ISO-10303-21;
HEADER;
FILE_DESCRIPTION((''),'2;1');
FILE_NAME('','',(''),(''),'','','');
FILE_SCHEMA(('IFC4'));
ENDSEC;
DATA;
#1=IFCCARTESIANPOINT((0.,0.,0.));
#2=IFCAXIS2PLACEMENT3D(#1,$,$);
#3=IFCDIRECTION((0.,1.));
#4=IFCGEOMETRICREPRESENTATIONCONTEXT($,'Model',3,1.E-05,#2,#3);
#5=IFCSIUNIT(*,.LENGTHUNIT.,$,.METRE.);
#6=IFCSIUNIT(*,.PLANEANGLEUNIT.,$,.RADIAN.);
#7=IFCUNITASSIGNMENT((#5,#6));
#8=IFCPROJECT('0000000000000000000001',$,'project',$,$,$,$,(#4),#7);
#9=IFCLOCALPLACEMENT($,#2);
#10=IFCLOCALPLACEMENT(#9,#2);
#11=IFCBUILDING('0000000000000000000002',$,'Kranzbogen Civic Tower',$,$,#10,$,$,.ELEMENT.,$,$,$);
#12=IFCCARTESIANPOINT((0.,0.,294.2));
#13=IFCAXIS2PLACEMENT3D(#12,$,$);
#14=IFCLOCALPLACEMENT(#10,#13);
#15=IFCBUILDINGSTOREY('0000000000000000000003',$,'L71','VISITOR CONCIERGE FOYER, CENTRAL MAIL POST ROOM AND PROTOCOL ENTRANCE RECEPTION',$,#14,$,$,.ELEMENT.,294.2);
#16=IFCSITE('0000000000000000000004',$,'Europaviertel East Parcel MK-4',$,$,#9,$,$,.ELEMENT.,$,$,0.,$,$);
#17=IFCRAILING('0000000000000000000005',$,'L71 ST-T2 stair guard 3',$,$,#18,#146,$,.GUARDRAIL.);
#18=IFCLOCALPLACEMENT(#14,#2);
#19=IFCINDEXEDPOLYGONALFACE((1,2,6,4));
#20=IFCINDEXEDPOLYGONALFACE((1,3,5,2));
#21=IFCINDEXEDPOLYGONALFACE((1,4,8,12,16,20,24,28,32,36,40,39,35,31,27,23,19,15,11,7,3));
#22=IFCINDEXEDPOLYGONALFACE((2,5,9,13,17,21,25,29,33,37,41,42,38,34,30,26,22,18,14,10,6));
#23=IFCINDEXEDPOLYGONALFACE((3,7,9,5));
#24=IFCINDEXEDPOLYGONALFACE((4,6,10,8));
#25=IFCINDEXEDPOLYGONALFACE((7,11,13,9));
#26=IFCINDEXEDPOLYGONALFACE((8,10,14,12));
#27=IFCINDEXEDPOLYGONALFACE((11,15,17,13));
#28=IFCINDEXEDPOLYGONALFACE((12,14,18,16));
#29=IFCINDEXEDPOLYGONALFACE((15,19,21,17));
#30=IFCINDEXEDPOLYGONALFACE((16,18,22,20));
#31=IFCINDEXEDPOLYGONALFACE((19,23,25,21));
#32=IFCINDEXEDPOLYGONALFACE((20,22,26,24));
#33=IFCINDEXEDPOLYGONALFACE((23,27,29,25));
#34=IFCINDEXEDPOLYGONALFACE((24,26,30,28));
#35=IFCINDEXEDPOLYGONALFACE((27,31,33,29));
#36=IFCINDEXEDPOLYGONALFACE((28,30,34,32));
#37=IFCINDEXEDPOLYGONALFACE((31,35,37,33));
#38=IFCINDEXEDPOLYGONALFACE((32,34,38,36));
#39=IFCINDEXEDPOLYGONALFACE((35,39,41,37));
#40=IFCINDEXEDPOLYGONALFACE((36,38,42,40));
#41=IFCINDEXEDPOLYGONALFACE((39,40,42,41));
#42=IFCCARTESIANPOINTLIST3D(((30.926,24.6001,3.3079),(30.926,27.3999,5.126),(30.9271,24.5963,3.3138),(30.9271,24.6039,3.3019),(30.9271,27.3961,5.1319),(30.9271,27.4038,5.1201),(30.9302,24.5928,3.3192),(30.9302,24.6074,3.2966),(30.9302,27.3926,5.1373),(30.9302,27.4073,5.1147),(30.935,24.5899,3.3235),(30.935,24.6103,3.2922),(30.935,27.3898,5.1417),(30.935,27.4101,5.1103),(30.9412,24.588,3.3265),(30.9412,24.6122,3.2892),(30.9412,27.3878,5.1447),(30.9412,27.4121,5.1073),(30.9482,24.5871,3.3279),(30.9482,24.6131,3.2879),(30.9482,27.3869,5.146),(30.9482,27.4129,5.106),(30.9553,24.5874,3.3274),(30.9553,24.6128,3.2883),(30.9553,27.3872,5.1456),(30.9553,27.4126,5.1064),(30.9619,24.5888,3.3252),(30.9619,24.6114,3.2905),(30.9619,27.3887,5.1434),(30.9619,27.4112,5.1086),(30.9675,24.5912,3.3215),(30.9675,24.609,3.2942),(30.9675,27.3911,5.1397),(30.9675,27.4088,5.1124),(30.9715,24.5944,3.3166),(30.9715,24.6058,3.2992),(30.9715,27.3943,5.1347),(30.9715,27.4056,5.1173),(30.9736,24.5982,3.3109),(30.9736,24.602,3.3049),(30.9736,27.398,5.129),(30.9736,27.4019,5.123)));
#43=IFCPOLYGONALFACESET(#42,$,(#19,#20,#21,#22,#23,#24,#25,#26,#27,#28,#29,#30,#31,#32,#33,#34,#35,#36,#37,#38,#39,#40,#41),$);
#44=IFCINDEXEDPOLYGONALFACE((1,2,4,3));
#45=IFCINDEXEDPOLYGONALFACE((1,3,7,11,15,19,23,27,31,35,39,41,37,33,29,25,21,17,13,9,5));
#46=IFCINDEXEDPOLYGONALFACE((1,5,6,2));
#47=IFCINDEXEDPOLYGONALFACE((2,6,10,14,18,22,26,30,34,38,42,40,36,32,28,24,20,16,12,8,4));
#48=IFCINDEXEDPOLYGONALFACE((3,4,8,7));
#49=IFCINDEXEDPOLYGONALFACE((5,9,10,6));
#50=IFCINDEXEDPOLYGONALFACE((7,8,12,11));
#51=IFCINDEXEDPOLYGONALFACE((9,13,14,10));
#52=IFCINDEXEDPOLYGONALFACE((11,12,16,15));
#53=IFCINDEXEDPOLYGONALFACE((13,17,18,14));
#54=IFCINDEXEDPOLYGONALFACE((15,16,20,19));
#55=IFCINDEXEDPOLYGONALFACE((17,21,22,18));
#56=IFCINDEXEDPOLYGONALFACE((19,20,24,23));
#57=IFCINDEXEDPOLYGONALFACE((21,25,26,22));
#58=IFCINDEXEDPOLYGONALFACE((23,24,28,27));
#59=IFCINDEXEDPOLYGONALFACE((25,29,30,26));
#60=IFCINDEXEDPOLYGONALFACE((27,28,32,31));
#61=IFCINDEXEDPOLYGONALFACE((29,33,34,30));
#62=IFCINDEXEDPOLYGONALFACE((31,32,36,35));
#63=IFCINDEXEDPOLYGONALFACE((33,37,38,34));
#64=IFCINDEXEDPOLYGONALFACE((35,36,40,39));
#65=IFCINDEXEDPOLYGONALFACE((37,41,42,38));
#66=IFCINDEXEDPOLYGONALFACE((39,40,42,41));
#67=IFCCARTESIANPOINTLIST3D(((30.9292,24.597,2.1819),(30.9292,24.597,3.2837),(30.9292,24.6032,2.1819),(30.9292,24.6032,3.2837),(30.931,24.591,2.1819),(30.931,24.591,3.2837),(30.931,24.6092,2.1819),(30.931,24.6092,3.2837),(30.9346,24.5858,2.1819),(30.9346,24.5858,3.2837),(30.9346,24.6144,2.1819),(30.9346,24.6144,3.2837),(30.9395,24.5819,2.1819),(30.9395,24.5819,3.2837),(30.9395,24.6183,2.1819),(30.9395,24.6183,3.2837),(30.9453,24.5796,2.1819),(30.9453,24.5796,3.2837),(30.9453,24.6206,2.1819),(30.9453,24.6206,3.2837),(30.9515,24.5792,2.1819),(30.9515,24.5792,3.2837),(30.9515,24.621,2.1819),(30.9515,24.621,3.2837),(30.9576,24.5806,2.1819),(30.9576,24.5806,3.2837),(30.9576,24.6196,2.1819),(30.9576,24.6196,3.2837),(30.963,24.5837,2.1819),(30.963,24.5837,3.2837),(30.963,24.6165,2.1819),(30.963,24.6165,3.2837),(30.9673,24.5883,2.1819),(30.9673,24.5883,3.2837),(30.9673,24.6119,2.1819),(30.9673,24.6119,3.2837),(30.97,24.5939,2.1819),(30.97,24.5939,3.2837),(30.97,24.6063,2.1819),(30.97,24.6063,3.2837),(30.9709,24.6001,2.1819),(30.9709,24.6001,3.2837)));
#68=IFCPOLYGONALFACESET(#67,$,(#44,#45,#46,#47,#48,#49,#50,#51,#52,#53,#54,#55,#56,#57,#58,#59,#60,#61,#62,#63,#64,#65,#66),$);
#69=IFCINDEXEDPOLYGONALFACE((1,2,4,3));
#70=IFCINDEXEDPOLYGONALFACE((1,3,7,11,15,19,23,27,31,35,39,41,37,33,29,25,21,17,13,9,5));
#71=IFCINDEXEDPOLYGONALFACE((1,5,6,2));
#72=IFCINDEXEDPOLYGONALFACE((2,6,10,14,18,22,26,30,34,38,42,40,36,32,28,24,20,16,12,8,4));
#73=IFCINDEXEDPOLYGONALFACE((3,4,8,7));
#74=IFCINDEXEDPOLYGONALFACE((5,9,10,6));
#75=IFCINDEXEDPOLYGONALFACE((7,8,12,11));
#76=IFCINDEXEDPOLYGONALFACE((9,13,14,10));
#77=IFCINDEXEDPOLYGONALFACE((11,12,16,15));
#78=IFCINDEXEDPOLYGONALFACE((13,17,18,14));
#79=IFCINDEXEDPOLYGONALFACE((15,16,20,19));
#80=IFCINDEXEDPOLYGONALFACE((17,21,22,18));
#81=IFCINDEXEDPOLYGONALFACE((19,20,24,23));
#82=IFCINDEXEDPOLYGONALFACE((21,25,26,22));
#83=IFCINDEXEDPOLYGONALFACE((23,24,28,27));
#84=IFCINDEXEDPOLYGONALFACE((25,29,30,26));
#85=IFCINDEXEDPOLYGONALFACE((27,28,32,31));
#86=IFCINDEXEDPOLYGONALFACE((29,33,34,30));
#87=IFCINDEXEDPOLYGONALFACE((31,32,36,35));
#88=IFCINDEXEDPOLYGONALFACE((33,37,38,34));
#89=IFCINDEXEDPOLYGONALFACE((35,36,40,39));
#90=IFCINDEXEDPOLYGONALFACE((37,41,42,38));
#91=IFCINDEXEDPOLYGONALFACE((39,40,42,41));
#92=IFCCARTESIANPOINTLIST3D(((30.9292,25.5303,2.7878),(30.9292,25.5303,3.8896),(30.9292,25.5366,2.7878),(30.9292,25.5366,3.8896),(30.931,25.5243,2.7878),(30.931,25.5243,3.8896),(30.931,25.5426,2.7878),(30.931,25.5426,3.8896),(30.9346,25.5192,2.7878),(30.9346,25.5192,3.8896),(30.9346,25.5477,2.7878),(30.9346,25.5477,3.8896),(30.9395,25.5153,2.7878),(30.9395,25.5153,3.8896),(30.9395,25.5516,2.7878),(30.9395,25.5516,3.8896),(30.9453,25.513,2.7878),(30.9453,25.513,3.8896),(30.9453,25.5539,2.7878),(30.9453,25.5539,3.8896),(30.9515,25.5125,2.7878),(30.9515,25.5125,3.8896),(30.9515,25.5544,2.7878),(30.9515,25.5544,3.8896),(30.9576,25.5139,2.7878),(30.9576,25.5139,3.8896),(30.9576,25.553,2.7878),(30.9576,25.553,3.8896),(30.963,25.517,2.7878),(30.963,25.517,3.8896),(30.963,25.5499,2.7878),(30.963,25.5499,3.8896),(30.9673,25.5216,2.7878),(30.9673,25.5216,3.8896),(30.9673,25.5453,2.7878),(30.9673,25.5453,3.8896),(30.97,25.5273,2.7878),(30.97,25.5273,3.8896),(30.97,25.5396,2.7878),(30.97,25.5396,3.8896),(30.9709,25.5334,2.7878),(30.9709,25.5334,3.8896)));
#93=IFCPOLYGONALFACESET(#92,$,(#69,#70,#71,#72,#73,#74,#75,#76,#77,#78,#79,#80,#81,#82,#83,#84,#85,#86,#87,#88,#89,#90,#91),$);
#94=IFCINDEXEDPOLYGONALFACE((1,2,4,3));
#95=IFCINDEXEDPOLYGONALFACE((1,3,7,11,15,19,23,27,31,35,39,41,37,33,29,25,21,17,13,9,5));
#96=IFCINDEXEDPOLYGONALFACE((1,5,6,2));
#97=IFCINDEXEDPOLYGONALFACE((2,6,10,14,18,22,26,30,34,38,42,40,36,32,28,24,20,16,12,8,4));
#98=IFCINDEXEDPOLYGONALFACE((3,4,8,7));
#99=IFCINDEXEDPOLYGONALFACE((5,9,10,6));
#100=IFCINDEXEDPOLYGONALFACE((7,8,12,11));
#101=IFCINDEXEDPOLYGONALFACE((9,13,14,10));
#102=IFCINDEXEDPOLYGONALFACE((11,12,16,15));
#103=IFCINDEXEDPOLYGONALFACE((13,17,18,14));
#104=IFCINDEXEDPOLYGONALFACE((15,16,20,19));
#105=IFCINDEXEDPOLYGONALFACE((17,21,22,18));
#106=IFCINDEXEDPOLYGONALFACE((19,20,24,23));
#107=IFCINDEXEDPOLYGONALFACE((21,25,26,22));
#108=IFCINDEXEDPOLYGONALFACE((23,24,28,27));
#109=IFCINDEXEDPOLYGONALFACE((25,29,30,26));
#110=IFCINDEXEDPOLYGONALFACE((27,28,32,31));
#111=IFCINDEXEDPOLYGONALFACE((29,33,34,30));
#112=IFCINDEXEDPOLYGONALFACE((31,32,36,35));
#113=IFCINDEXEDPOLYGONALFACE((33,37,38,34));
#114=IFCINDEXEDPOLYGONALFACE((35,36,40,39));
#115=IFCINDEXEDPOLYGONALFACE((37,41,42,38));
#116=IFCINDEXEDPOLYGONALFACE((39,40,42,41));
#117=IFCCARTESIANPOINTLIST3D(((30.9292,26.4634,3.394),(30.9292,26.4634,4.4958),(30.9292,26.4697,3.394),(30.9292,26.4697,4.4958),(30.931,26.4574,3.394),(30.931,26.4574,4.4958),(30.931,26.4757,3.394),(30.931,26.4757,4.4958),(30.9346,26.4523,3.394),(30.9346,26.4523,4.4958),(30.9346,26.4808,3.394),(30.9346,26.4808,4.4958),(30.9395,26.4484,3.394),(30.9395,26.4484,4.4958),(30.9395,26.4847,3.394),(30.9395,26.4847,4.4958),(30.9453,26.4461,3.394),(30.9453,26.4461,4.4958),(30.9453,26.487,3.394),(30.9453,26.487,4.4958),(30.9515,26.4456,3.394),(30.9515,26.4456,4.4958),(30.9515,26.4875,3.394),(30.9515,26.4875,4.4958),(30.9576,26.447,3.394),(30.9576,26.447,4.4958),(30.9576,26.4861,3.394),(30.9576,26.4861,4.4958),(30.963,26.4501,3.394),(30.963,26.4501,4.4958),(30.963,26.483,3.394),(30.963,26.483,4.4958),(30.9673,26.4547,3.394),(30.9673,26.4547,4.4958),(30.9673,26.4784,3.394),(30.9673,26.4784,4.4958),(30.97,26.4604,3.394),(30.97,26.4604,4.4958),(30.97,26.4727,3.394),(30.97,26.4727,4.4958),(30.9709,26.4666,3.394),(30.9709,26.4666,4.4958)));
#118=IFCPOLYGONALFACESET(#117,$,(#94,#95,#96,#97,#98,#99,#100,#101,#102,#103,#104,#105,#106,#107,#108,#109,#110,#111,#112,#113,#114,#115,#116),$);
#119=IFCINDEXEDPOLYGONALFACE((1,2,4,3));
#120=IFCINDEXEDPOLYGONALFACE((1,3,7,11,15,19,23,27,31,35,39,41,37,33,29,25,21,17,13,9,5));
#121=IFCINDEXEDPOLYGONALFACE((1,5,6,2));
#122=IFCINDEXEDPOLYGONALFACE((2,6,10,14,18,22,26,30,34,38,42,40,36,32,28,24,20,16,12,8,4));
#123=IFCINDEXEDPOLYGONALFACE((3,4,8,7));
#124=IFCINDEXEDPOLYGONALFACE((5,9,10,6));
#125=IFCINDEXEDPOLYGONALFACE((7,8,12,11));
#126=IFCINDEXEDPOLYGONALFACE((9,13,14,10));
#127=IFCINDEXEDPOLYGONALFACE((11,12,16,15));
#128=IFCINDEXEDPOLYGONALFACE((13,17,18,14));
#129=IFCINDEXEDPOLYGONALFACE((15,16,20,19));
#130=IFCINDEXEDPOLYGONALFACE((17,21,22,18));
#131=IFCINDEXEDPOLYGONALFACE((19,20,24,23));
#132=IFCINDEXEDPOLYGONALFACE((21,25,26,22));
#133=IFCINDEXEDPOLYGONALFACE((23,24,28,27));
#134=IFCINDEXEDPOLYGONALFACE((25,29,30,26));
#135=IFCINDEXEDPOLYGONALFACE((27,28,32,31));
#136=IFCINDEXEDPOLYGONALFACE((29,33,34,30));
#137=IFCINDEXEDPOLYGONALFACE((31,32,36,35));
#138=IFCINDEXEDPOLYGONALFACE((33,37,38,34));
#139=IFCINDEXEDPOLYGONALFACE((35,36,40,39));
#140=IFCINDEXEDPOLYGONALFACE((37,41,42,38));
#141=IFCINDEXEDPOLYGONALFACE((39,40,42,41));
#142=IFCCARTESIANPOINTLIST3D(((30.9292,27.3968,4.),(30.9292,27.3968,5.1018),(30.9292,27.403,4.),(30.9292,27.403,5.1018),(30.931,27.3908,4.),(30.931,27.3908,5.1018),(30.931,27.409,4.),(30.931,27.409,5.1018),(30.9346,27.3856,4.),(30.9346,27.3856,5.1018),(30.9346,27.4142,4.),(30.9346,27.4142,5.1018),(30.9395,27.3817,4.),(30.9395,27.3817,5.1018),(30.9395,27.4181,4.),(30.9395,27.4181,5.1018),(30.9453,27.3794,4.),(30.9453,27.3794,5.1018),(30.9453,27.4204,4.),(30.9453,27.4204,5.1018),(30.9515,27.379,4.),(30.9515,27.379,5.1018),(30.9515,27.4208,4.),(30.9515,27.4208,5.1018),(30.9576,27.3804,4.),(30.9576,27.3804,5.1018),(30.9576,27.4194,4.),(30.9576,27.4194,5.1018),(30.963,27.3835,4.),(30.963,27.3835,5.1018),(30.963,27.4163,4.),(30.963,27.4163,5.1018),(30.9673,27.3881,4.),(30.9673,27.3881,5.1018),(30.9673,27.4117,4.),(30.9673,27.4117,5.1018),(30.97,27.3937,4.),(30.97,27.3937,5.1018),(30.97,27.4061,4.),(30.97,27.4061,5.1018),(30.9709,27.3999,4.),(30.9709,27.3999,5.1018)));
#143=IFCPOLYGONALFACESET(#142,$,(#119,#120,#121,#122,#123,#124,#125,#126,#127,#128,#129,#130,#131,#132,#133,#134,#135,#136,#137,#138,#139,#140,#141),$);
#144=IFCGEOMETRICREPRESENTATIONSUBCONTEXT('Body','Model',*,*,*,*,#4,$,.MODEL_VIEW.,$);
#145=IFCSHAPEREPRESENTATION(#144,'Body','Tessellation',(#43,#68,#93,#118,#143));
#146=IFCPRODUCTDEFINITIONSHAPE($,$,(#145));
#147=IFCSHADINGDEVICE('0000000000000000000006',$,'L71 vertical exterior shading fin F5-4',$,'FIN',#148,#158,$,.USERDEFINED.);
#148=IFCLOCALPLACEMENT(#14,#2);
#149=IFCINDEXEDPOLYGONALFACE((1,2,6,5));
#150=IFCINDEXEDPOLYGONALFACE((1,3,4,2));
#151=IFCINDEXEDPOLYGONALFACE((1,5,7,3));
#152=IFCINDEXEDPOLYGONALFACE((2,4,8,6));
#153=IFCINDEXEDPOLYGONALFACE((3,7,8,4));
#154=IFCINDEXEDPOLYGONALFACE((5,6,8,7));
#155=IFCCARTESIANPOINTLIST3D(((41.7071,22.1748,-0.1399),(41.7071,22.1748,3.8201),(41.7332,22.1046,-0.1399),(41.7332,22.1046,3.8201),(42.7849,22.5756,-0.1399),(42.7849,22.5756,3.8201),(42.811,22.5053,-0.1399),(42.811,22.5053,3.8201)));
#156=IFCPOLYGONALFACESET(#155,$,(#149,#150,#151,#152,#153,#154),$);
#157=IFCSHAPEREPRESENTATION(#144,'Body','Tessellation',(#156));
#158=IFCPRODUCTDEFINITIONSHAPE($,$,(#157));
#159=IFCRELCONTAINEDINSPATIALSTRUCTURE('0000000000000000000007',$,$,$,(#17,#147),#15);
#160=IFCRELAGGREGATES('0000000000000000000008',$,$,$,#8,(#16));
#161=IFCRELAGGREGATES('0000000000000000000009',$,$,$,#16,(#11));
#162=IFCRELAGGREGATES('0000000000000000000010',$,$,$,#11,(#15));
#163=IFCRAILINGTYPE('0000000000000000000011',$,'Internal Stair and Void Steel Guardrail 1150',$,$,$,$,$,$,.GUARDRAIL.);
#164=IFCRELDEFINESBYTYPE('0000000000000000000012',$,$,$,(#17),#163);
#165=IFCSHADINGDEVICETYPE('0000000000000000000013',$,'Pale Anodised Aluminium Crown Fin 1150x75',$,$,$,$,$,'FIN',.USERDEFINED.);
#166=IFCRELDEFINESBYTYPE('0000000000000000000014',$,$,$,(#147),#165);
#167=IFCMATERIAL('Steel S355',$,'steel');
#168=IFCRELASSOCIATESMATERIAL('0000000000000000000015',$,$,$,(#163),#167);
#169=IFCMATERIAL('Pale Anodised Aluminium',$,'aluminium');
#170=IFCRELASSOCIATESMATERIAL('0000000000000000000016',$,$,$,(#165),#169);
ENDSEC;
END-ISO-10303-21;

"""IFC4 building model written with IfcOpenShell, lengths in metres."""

from ifc_helpers import new_model, si_unit, direction, frame, origin, origin_2d, place, context, subcontext, project, spatial, rectangle, circle, extrude, material, type_object, element, save


model = new_model("IFC4")

# Units and contexts
model_context = context("Model", 3, precision=1e-05, world=origin(), true_north=direction((0.0, 1.0)))
body_context = subcontext(model_context, "Body", "Model", "MODEL_VIEW")
ifc_project = project(units=[si_unit("LENGTHUNIT", "METRE"), si_unit("PLANEANGLEUNIT", "RADIAN")], contexts=[model_context])

# Site, building, storey
site_placement = place(None, origin())
site = spatial("IfcSite", under=ifc_project, at=site_placement, Name="Europaviertel East Parcel MK-4", CompositionType="ELEMENT", RefElevation=0.0)
building_placement = place(site_placement, origin())
building = spatial("IfcBuilding", under=site, at=building_placement, Name="Kranzbogen Civic Tower", CompositionType="ELEMENT")
storey_placement = place(building_placement, frame((0.0, 0.0, 294.2)))
storey = spatial("IfcBuildingStorey", under=building, at=storey_placement, Name="L71", Description="VISITOR CONCIERGE FOYER, CENTRAL MAIL POST ROOM AND PROTOCOL ENTRANCE RECEPTION", CompositionType="ELEMENT", Elevation=294.2)

# Shared definitions
ifc_material_1 = material(Name="Steel S355", Category="steel")

# Shared definitions
ifc_material_2 = material(Name="Pale Anodised Aluminium", Category="aluminium")

# Railing
railing_type_1 = type_object("IfcRailingType", Name="Internal Stair and Void Steel Guardrail 1150", PredefinedType="GUARDRAIL", material=ifc_material_1)
railing_1_placement = place(storey_placement, frame((30.95, 24.6001, 2.1819)))
element("IfcRailing", 1, at=railing_1_placement, inside=storey, type_object=railing_type_1, Name="L71 ST-T2 stair guard 3", PredefinedType="GUARDRAIL", context=body_context, shape_type="SweptSolid", body=[
    extrude(circle(Radius=0.0239, at=origin_2d()), frame((0.0, 0.0, 1.126), z_axis=(0.0, 0.838684, 0.544618), x_axis=(-1.0, 0.0, 0.0)), (0.0, 0.0, 1.0), 3.3384),
    extrude(circle(Radius=0.021, at=origin_2d()), origin(), (0.0, 0.0, 1.0), 1.1018),
    extrude(circle(Radius=0.021, at=origin_2d()), frame((0.0, 0.9333, 0.606)), (0.0, 0.0, 1.0), 1.1018),
    extrude(circle(Radius=0.021, at=origin_2d()), frame((0.0, 1.8665, 1.2122)), (0.0, 0.0, 1.0), 1.1018),
    extrude(circle(Radius=0.021, at=origin_2d()), frame((0.0, 2.7998, 1.8181)), (0.0, 0.0, 1.0), 1.1018),
])

# Shading device
shading_device_type = type_object("IfcShadingDeviceType", Name="Pale Anodised Aluminium Crown Fin 1150x75", ElementType="FIN", PredefinedType="USERDEFINED", material=ifc_material_2)
shading_device_placement = place(storey_placement, frame((42.259, 22.3401, -0.1399), z_axis=(0.0, 0.0, 1.0), x_axis=(0.9373, 0.348523, 0.0)))
element("IfcShadingDevice", 2, at=shading_device_placement, inside=storey, type_object=shading_device_type, Name="L71 vertical exterior shading fin F5-4", ObjectType="FIN", PredefinedType="USERDEFINED", context=body_context, shape_type="SweptSolid", body=[
    extrude(rectangle(XDim=1.1499, YDim=0.075, at=origin_2d()), origin(), (0.0, 0.0, 1.0), 3.96),
])

save(model, "model.ifc")
